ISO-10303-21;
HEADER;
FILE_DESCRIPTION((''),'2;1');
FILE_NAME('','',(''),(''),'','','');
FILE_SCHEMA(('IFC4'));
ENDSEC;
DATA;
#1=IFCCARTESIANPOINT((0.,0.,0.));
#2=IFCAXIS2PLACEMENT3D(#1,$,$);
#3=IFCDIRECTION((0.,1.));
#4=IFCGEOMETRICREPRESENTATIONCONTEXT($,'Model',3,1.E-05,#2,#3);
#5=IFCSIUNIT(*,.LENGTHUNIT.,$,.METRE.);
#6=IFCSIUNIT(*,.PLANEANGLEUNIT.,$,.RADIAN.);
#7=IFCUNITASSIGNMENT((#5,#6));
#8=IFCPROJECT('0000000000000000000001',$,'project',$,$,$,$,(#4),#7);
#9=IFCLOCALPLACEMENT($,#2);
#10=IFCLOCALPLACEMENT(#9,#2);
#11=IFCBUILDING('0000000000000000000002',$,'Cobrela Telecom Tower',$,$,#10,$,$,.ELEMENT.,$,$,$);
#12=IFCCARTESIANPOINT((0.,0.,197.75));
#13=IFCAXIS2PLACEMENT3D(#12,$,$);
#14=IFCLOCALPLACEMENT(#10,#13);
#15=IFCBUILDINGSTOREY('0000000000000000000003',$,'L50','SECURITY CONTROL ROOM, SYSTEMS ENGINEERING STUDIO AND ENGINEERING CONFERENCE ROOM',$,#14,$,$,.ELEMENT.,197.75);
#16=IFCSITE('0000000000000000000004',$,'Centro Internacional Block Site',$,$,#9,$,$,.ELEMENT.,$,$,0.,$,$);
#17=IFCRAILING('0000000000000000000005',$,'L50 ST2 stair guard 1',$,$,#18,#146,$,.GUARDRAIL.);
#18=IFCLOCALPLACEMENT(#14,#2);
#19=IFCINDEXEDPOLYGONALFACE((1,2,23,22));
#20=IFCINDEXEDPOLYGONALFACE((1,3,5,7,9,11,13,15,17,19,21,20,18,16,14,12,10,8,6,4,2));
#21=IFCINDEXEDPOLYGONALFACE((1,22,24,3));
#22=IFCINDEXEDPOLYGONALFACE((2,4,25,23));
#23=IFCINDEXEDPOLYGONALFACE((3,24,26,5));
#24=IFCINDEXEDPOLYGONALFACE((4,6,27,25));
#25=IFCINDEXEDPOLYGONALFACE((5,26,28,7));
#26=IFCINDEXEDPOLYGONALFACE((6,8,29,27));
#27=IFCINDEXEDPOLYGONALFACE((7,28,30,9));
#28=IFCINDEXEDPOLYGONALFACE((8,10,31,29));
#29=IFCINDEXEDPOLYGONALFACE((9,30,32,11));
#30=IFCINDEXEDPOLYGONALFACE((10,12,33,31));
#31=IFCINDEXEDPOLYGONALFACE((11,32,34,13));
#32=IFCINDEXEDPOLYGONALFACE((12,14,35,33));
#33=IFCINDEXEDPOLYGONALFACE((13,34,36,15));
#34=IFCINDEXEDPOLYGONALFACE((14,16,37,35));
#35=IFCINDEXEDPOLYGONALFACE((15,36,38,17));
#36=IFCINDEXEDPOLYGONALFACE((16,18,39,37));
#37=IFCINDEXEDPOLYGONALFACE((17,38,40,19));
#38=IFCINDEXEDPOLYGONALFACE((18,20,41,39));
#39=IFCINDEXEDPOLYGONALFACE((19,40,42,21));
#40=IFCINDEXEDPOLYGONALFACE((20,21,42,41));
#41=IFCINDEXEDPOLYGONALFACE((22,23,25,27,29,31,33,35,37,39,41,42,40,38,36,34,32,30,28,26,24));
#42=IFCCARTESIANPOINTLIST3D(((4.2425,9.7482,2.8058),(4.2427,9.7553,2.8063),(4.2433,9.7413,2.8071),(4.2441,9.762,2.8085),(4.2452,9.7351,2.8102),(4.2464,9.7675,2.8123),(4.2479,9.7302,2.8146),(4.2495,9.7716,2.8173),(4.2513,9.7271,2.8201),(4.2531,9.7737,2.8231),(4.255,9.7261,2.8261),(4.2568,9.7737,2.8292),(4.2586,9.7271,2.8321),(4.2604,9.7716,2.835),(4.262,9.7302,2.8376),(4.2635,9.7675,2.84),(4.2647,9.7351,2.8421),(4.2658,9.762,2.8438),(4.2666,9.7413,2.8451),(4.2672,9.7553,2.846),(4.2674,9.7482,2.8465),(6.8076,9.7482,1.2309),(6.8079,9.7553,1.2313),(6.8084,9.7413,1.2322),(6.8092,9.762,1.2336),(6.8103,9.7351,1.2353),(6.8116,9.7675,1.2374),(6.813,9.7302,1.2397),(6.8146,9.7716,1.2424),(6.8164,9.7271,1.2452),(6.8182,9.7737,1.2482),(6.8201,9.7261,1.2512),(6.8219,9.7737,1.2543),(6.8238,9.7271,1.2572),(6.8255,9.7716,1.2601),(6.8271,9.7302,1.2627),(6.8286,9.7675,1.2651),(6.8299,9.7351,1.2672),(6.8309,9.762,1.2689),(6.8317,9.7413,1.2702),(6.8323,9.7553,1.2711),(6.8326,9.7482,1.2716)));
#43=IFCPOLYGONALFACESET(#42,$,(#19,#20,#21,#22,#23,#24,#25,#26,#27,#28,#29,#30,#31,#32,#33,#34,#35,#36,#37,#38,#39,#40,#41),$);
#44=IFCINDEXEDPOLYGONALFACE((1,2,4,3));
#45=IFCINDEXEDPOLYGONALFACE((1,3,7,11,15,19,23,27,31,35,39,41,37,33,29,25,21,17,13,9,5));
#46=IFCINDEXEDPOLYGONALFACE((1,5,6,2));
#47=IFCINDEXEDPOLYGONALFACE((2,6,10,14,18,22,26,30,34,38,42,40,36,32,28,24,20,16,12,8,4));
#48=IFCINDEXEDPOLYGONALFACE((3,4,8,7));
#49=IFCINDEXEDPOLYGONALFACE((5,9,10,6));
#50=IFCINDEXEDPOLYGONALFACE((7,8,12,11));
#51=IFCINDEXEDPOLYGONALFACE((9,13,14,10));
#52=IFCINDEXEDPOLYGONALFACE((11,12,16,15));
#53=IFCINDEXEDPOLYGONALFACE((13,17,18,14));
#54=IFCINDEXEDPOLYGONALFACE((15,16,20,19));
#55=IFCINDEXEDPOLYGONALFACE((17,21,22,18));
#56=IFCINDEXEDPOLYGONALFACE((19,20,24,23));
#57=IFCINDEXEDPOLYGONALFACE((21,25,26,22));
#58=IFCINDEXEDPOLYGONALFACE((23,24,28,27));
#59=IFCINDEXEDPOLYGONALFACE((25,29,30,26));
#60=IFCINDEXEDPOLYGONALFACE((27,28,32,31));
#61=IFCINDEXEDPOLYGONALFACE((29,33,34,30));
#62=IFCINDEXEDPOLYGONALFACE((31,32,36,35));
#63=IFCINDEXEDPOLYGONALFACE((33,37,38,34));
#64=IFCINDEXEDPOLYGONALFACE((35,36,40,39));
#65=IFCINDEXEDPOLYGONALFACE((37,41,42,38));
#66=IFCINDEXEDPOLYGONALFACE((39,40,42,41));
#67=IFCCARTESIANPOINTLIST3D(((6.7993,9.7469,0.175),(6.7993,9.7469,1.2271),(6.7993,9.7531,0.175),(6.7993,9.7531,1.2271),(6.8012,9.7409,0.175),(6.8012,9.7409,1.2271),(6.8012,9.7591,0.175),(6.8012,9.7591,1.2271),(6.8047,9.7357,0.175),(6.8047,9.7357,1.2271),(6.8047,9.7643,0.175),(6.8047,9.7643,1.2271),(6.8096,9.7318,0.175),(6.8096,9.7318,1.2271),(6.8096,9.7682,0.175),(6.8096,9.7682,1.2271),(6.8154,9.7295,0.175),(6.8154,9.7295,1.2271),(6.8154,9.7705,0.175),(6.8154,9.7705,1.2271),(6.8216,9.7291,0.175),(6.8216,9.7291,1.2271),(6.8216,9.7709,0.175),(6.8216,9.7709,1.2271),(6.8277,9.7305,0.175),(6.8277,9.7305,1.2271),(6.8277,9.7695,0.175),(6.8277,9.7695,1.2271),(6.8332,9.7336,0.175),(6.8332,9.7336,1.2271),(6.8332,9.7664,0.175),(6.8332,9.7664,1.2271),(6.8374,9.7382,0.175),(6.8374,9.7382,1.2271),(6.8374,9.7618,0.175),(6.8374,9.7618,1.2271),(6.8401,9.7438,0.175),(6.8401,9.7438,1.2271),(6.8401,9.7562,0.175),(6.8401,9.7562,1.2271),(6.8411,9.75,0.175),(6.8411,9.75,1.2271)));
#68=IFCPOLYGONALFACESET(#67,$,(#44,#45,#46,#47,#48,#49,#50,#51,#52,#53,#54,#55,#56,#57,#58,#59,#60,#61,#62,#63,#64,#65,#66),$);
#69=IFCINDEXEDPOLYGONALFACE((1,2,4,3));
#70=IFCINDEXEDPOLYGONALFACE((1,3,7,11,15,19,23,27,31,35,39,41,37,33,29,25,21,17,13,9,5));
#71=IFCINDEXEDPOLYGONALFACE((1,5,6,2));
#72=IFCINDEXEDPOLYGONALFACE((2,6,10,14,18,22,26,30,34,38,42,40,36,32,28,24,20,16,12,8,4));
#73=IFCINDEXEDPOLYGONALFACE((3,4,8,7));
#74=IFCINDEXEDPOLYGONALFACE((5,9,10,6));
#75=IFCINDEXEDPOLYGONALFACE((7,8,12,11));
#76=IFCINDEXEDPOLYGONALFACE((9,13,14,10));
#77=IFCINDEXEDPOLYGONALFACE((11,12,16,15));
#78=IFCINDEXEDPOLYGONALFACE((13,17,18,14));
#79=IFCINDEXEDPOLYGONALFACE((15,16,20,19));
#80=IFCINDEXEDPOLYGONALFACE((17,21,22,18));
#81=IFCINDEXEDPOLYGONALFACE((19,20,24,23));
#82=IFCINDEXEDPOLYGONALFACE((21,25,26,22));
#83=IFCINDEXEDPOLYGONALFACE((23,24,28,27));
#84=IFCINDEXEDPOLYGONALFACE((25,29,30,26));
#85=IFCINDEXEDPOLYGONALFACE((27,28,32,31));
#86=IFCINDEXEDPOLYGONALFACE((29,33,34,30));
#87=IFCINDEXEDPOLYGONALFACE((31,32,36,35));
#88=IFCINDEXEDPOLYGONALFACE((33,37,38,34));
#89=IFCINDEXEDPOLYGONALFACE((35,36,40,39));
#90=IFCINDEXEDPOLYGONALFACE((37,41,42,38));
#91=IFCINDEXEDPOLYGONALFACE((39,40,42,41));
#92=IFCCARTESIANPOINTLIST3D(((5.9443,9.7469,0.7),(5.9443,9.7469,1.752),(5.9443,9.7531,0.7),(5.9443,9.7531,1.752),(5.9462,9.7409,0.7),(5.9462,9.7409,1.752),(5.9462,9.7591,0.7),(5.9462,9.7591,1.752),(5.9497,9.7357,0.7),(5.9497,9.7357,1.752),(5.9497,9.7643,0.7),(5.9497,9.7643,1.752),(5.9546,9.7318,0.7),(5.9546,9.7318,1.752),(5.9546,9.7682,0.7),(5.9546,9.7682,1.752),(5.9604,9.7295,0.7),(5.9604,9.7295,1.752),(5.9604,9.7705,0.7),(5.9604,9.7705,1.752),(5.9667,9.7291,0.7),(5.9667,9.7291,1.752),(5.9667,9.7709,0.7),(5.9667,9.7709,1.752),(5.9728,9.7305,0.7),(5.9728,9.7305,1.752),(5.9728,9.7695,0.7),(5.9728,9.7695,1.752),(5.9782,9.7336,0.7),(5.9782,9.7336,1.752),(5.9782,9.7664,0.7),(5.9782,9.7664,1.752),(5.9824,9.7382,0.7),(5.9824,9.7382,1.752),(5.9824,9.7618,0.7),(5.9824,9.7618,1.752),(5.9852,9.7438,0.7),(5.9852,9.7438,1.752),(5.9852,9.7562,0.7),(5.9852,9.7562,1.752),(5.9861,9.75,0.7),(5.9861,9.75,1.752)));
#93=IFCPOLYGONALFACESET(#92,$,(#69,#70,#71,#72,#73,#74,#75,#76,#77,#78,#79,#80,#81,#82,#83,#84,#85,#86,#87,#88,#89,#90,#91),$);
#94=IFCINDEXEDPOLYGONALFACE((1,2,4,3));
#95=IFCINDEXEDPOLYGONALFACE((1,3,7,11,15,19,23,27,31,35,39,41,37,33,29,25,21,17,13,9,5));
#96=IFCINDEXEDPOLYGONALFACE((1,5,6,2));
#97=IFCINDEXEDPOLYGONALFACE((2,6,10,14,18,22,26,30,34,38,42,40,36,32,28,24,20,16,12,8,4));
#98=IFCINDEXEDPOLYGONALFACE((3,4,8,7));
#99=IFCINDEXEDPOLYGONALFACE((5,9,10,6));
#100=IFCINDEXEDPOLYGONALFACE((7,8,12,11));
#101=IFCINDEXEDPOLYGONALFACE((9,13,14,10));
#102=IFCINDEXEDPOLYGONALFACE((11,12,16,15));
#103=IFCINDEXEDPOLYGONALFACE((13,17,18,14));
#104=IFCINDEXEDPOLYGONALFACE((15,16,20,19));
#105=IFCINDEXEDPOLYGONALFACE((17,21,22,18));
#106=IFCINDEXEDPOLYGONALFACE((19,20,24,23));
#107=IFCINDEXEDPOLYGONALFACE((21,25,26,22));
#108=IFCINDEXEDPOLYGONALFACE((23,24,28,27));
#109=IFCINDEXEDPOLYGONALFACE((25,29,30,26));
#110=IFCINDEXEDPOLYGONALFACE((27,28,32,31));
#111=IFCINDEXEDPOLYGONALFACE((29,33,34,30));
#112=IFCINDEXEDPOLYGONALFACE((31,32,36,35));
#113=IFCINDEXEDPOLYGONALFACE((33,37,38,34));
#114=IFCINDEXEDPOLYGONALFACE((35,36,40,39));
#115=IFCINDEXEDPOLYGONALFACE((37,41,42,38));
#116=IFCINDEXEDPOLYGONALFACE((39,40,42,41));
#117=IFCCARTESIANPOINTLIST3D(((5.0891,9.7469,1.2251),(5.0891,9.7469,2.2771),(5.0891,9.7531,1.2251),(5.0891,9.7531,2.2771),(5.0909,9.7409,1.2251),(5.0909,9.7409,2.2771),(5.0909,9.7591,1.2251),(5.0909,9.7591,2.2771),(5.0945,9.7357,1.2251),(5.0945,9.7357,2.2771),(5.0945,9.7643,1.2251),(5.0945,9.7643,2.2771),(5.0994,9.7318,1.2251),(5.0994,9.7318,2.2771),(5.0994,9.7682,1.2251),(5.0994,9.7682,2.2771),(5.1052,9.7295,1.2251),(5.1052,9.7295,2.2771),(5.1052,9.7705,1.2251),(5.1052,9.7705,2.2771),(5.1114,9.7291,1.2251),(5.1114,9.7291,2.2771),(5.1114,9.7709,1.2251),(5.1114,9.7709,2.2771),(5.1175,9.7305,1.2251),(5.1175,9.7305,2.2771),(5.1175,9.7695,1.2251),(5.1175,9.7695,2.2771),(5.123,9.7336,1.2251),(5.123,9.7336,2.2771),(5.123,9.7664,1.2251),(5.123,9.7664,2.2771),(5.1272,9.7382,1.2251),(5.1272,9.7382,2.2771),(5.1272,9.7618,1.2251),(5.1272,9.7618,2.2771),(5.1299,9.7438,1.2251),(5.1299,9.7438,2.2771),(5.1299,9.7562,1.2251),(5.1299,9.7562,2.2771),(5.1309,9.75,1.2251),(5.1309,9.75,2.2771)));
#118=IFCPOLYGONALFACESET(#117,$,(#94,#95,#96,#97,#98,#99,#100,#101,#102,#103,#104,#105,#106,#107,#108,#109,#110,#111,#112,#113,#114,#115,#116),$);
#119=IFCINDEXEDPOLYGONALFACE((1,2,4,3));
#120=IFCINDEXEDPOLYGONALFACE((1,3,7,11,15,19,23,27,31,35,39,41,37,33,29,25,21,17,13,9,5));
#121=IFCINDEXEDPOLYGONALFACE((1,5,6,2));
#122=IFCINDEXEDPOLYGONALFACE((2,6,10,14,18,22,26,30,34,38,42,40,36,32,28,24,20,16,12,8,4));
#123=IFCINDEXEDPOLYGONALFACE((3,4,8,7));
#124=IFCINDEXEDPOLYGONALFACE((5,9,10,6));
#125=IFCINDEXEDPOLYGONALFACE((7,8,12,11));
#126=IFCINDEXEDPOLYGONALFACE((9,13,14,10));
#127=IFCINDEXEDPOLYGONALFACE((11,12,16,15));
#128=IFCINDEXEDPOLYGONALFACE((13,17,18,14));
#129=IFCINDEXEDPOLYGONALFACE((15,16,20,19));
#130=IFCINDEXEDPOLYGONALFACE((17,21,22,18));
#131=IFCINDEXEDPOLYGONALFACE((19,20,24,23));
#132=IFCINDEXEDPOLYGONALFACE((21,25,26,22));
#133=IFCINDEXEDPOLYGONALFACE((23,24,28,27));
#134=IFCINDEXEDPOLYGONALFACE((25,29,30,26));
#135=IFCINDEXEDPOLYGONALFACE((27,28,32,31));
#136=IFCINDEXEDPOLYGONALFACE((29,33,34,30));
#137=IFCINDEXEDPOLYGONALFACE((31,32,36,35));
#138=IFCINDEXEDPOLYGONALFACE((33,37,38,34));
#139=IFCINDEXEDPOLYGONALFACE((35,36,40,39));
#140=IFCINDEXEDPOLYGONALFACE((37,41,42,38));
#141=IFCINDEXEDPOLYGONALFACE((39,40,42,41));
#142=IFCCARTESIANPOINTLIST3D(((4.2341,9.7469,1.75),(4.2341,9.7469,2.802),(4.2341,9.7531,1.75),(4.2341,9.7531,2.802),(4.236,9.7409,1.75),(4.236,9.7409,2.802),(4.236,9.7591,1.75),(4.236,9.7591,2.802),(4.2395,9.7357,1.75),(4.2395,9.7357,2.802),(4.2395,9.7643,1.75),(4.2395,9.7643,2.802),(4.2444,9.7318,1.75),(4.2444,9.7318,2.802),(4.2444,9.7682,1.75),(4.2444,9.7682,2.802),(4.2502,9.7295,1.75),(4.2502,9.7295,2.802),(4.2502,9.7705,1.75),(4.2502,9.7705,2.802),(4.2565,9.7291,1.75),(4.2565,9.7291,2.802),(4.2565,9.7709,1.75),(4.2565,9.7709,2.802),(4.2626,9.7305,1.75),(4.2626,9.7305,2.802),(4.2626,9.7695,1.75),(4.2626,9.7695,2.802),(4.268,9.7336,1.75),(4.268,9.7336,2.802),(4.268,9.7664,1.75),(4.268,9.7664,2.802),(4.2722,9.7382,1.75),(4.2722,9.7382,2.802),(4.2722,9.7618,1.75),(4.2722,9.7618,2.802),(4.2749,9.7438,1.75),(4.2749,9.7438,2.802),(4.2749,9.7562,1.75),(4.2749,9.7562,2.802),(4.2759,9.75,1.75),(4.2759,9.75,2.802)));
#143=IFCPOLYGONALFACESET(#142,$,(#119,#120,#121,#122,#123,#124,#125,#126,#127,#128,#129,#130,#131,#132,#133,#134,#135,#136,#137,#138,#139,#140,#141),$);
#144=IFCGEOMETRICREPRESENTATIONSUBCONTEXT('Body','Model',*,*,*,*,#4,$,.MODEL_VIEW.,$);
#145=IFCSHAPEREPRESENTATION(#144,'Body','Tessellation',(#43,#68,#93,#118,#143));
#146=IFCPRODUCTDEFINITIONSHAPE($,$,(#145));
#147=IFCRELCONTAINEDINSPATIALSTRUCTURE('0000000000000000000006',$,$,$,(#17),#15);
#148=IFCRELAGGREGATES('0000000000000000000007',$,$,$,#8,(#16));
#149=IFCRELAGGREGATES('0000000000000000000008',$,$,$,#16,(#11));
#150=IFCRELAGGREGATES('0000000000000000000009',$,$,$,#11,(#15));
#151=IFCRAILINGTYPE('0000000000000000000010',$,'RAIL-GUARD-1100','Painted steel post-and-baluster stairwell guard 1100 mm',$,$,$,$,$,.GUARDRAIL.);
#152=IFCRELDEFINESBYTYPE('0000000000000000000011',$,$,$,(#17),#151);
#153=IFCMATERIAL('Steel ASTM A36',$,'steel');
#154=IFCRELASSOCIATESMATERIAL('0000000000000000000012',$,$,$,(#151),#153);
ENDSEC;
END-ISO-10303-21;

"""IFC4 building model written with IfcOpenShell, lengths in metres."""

from ifc_helpers import new_model, si_unit, direction, frame, origin, origin_2d, place, context, subcontext, project, spatial, circle, extrude, material, type_object, element, save


model = new_model("IFC4")

# Units and contexts
model_context = context("Model", 3, precision=1e-05, world=origin(), true_north=direction((0.0, 1.0)))
body_context = subcontext(model_context, "Body", "Model", "MODEL_VIEW")
ifc_project = project(units=[si_unit("LENGTHUNIT", "METRE"), si_unit("PLANEANGLEUNIT", "RADIAN")], contexts=[model_context])

# Site, building, storey
site_placement = place(None, origin())
site = spatial("IfcSite", under=ifc_project, at=site_placement, Name="Centro Internacional Block Site", CompositionType="ELEMENT", RefElevation=0.0)
building_placement = place(site_placement, origin())
building = spatial("IfcBuilding", under=site, at=building_placement, Name="Cobrela Telecom Tower", CompositionType="ELEMENT")
storey_placement = place(building_placement, frame((0.0, 0.0, 197.75)))
storey = spatial("IfcBuildingStorey", under=building, at=storey_placement, Name="L50", Description="SECURITY CONTROL ROOM, SYSTEMS ENGINEERING STUDIO AND ENGINEERING CONFERENCE ROOM", CompositionType="ELEMENT", Elevation=197.75)

# Shared definitions
ifc_material_1 = material(Name="Steel ASTM A36", Category="steel")

# Railing
railing_type = type_object("IfcRailingType", Name="RAIL-GUARD-1100", Description="Painted steel post-and-baluster stairwell guard 1100 mm", PredefinedType="GUARDRAIL", material=ifc_material_1)
railing_1_placement = place(storey_placement, frame((6.8201, 9.75, 0.175)))
element("IfcRailing", 1, at=railing_1_placement, inside=storey, type_object=railing_type, Name="L50 ST2 stair guard 1", PredefinedType="GUARDRAIL", context=body_context, shape_type="SweptSolid", body=[
    extrude(circle(Radius=0.0239, at=origin_2d()), frame((0.0, 0.0, 1.0762), z_axis=(-0.852195, 0.0, 0.523224), x_axis=(0.0, -1.0, 0.0)), (0.0, 0.0, 1.0), 3.01),
    extrude(circle(Radius=0.021, at=origin_2d()), origin(), (0.0, 0.0, 1.0), 1.052),
    extrude(circle(Radius=0.021, at=origin_2d()), frame((-0.855, 0.0, 0.5249)), (0.0, 0.0, 1.0), 1.052),
    extrude(circle(Radius=0.021, at=origin_2d()), frame((-1.7102, 0.0, 1.05)), (0.0, 0.0, 1.0), 1.052),
    extrude(circle(Radius=0.021, at=origin_2d()), frame((-2.5652, 0.0, 1.575)), (0.0, 0.0, 1.0), 1.052),
])

save(model, "model.ifc")
